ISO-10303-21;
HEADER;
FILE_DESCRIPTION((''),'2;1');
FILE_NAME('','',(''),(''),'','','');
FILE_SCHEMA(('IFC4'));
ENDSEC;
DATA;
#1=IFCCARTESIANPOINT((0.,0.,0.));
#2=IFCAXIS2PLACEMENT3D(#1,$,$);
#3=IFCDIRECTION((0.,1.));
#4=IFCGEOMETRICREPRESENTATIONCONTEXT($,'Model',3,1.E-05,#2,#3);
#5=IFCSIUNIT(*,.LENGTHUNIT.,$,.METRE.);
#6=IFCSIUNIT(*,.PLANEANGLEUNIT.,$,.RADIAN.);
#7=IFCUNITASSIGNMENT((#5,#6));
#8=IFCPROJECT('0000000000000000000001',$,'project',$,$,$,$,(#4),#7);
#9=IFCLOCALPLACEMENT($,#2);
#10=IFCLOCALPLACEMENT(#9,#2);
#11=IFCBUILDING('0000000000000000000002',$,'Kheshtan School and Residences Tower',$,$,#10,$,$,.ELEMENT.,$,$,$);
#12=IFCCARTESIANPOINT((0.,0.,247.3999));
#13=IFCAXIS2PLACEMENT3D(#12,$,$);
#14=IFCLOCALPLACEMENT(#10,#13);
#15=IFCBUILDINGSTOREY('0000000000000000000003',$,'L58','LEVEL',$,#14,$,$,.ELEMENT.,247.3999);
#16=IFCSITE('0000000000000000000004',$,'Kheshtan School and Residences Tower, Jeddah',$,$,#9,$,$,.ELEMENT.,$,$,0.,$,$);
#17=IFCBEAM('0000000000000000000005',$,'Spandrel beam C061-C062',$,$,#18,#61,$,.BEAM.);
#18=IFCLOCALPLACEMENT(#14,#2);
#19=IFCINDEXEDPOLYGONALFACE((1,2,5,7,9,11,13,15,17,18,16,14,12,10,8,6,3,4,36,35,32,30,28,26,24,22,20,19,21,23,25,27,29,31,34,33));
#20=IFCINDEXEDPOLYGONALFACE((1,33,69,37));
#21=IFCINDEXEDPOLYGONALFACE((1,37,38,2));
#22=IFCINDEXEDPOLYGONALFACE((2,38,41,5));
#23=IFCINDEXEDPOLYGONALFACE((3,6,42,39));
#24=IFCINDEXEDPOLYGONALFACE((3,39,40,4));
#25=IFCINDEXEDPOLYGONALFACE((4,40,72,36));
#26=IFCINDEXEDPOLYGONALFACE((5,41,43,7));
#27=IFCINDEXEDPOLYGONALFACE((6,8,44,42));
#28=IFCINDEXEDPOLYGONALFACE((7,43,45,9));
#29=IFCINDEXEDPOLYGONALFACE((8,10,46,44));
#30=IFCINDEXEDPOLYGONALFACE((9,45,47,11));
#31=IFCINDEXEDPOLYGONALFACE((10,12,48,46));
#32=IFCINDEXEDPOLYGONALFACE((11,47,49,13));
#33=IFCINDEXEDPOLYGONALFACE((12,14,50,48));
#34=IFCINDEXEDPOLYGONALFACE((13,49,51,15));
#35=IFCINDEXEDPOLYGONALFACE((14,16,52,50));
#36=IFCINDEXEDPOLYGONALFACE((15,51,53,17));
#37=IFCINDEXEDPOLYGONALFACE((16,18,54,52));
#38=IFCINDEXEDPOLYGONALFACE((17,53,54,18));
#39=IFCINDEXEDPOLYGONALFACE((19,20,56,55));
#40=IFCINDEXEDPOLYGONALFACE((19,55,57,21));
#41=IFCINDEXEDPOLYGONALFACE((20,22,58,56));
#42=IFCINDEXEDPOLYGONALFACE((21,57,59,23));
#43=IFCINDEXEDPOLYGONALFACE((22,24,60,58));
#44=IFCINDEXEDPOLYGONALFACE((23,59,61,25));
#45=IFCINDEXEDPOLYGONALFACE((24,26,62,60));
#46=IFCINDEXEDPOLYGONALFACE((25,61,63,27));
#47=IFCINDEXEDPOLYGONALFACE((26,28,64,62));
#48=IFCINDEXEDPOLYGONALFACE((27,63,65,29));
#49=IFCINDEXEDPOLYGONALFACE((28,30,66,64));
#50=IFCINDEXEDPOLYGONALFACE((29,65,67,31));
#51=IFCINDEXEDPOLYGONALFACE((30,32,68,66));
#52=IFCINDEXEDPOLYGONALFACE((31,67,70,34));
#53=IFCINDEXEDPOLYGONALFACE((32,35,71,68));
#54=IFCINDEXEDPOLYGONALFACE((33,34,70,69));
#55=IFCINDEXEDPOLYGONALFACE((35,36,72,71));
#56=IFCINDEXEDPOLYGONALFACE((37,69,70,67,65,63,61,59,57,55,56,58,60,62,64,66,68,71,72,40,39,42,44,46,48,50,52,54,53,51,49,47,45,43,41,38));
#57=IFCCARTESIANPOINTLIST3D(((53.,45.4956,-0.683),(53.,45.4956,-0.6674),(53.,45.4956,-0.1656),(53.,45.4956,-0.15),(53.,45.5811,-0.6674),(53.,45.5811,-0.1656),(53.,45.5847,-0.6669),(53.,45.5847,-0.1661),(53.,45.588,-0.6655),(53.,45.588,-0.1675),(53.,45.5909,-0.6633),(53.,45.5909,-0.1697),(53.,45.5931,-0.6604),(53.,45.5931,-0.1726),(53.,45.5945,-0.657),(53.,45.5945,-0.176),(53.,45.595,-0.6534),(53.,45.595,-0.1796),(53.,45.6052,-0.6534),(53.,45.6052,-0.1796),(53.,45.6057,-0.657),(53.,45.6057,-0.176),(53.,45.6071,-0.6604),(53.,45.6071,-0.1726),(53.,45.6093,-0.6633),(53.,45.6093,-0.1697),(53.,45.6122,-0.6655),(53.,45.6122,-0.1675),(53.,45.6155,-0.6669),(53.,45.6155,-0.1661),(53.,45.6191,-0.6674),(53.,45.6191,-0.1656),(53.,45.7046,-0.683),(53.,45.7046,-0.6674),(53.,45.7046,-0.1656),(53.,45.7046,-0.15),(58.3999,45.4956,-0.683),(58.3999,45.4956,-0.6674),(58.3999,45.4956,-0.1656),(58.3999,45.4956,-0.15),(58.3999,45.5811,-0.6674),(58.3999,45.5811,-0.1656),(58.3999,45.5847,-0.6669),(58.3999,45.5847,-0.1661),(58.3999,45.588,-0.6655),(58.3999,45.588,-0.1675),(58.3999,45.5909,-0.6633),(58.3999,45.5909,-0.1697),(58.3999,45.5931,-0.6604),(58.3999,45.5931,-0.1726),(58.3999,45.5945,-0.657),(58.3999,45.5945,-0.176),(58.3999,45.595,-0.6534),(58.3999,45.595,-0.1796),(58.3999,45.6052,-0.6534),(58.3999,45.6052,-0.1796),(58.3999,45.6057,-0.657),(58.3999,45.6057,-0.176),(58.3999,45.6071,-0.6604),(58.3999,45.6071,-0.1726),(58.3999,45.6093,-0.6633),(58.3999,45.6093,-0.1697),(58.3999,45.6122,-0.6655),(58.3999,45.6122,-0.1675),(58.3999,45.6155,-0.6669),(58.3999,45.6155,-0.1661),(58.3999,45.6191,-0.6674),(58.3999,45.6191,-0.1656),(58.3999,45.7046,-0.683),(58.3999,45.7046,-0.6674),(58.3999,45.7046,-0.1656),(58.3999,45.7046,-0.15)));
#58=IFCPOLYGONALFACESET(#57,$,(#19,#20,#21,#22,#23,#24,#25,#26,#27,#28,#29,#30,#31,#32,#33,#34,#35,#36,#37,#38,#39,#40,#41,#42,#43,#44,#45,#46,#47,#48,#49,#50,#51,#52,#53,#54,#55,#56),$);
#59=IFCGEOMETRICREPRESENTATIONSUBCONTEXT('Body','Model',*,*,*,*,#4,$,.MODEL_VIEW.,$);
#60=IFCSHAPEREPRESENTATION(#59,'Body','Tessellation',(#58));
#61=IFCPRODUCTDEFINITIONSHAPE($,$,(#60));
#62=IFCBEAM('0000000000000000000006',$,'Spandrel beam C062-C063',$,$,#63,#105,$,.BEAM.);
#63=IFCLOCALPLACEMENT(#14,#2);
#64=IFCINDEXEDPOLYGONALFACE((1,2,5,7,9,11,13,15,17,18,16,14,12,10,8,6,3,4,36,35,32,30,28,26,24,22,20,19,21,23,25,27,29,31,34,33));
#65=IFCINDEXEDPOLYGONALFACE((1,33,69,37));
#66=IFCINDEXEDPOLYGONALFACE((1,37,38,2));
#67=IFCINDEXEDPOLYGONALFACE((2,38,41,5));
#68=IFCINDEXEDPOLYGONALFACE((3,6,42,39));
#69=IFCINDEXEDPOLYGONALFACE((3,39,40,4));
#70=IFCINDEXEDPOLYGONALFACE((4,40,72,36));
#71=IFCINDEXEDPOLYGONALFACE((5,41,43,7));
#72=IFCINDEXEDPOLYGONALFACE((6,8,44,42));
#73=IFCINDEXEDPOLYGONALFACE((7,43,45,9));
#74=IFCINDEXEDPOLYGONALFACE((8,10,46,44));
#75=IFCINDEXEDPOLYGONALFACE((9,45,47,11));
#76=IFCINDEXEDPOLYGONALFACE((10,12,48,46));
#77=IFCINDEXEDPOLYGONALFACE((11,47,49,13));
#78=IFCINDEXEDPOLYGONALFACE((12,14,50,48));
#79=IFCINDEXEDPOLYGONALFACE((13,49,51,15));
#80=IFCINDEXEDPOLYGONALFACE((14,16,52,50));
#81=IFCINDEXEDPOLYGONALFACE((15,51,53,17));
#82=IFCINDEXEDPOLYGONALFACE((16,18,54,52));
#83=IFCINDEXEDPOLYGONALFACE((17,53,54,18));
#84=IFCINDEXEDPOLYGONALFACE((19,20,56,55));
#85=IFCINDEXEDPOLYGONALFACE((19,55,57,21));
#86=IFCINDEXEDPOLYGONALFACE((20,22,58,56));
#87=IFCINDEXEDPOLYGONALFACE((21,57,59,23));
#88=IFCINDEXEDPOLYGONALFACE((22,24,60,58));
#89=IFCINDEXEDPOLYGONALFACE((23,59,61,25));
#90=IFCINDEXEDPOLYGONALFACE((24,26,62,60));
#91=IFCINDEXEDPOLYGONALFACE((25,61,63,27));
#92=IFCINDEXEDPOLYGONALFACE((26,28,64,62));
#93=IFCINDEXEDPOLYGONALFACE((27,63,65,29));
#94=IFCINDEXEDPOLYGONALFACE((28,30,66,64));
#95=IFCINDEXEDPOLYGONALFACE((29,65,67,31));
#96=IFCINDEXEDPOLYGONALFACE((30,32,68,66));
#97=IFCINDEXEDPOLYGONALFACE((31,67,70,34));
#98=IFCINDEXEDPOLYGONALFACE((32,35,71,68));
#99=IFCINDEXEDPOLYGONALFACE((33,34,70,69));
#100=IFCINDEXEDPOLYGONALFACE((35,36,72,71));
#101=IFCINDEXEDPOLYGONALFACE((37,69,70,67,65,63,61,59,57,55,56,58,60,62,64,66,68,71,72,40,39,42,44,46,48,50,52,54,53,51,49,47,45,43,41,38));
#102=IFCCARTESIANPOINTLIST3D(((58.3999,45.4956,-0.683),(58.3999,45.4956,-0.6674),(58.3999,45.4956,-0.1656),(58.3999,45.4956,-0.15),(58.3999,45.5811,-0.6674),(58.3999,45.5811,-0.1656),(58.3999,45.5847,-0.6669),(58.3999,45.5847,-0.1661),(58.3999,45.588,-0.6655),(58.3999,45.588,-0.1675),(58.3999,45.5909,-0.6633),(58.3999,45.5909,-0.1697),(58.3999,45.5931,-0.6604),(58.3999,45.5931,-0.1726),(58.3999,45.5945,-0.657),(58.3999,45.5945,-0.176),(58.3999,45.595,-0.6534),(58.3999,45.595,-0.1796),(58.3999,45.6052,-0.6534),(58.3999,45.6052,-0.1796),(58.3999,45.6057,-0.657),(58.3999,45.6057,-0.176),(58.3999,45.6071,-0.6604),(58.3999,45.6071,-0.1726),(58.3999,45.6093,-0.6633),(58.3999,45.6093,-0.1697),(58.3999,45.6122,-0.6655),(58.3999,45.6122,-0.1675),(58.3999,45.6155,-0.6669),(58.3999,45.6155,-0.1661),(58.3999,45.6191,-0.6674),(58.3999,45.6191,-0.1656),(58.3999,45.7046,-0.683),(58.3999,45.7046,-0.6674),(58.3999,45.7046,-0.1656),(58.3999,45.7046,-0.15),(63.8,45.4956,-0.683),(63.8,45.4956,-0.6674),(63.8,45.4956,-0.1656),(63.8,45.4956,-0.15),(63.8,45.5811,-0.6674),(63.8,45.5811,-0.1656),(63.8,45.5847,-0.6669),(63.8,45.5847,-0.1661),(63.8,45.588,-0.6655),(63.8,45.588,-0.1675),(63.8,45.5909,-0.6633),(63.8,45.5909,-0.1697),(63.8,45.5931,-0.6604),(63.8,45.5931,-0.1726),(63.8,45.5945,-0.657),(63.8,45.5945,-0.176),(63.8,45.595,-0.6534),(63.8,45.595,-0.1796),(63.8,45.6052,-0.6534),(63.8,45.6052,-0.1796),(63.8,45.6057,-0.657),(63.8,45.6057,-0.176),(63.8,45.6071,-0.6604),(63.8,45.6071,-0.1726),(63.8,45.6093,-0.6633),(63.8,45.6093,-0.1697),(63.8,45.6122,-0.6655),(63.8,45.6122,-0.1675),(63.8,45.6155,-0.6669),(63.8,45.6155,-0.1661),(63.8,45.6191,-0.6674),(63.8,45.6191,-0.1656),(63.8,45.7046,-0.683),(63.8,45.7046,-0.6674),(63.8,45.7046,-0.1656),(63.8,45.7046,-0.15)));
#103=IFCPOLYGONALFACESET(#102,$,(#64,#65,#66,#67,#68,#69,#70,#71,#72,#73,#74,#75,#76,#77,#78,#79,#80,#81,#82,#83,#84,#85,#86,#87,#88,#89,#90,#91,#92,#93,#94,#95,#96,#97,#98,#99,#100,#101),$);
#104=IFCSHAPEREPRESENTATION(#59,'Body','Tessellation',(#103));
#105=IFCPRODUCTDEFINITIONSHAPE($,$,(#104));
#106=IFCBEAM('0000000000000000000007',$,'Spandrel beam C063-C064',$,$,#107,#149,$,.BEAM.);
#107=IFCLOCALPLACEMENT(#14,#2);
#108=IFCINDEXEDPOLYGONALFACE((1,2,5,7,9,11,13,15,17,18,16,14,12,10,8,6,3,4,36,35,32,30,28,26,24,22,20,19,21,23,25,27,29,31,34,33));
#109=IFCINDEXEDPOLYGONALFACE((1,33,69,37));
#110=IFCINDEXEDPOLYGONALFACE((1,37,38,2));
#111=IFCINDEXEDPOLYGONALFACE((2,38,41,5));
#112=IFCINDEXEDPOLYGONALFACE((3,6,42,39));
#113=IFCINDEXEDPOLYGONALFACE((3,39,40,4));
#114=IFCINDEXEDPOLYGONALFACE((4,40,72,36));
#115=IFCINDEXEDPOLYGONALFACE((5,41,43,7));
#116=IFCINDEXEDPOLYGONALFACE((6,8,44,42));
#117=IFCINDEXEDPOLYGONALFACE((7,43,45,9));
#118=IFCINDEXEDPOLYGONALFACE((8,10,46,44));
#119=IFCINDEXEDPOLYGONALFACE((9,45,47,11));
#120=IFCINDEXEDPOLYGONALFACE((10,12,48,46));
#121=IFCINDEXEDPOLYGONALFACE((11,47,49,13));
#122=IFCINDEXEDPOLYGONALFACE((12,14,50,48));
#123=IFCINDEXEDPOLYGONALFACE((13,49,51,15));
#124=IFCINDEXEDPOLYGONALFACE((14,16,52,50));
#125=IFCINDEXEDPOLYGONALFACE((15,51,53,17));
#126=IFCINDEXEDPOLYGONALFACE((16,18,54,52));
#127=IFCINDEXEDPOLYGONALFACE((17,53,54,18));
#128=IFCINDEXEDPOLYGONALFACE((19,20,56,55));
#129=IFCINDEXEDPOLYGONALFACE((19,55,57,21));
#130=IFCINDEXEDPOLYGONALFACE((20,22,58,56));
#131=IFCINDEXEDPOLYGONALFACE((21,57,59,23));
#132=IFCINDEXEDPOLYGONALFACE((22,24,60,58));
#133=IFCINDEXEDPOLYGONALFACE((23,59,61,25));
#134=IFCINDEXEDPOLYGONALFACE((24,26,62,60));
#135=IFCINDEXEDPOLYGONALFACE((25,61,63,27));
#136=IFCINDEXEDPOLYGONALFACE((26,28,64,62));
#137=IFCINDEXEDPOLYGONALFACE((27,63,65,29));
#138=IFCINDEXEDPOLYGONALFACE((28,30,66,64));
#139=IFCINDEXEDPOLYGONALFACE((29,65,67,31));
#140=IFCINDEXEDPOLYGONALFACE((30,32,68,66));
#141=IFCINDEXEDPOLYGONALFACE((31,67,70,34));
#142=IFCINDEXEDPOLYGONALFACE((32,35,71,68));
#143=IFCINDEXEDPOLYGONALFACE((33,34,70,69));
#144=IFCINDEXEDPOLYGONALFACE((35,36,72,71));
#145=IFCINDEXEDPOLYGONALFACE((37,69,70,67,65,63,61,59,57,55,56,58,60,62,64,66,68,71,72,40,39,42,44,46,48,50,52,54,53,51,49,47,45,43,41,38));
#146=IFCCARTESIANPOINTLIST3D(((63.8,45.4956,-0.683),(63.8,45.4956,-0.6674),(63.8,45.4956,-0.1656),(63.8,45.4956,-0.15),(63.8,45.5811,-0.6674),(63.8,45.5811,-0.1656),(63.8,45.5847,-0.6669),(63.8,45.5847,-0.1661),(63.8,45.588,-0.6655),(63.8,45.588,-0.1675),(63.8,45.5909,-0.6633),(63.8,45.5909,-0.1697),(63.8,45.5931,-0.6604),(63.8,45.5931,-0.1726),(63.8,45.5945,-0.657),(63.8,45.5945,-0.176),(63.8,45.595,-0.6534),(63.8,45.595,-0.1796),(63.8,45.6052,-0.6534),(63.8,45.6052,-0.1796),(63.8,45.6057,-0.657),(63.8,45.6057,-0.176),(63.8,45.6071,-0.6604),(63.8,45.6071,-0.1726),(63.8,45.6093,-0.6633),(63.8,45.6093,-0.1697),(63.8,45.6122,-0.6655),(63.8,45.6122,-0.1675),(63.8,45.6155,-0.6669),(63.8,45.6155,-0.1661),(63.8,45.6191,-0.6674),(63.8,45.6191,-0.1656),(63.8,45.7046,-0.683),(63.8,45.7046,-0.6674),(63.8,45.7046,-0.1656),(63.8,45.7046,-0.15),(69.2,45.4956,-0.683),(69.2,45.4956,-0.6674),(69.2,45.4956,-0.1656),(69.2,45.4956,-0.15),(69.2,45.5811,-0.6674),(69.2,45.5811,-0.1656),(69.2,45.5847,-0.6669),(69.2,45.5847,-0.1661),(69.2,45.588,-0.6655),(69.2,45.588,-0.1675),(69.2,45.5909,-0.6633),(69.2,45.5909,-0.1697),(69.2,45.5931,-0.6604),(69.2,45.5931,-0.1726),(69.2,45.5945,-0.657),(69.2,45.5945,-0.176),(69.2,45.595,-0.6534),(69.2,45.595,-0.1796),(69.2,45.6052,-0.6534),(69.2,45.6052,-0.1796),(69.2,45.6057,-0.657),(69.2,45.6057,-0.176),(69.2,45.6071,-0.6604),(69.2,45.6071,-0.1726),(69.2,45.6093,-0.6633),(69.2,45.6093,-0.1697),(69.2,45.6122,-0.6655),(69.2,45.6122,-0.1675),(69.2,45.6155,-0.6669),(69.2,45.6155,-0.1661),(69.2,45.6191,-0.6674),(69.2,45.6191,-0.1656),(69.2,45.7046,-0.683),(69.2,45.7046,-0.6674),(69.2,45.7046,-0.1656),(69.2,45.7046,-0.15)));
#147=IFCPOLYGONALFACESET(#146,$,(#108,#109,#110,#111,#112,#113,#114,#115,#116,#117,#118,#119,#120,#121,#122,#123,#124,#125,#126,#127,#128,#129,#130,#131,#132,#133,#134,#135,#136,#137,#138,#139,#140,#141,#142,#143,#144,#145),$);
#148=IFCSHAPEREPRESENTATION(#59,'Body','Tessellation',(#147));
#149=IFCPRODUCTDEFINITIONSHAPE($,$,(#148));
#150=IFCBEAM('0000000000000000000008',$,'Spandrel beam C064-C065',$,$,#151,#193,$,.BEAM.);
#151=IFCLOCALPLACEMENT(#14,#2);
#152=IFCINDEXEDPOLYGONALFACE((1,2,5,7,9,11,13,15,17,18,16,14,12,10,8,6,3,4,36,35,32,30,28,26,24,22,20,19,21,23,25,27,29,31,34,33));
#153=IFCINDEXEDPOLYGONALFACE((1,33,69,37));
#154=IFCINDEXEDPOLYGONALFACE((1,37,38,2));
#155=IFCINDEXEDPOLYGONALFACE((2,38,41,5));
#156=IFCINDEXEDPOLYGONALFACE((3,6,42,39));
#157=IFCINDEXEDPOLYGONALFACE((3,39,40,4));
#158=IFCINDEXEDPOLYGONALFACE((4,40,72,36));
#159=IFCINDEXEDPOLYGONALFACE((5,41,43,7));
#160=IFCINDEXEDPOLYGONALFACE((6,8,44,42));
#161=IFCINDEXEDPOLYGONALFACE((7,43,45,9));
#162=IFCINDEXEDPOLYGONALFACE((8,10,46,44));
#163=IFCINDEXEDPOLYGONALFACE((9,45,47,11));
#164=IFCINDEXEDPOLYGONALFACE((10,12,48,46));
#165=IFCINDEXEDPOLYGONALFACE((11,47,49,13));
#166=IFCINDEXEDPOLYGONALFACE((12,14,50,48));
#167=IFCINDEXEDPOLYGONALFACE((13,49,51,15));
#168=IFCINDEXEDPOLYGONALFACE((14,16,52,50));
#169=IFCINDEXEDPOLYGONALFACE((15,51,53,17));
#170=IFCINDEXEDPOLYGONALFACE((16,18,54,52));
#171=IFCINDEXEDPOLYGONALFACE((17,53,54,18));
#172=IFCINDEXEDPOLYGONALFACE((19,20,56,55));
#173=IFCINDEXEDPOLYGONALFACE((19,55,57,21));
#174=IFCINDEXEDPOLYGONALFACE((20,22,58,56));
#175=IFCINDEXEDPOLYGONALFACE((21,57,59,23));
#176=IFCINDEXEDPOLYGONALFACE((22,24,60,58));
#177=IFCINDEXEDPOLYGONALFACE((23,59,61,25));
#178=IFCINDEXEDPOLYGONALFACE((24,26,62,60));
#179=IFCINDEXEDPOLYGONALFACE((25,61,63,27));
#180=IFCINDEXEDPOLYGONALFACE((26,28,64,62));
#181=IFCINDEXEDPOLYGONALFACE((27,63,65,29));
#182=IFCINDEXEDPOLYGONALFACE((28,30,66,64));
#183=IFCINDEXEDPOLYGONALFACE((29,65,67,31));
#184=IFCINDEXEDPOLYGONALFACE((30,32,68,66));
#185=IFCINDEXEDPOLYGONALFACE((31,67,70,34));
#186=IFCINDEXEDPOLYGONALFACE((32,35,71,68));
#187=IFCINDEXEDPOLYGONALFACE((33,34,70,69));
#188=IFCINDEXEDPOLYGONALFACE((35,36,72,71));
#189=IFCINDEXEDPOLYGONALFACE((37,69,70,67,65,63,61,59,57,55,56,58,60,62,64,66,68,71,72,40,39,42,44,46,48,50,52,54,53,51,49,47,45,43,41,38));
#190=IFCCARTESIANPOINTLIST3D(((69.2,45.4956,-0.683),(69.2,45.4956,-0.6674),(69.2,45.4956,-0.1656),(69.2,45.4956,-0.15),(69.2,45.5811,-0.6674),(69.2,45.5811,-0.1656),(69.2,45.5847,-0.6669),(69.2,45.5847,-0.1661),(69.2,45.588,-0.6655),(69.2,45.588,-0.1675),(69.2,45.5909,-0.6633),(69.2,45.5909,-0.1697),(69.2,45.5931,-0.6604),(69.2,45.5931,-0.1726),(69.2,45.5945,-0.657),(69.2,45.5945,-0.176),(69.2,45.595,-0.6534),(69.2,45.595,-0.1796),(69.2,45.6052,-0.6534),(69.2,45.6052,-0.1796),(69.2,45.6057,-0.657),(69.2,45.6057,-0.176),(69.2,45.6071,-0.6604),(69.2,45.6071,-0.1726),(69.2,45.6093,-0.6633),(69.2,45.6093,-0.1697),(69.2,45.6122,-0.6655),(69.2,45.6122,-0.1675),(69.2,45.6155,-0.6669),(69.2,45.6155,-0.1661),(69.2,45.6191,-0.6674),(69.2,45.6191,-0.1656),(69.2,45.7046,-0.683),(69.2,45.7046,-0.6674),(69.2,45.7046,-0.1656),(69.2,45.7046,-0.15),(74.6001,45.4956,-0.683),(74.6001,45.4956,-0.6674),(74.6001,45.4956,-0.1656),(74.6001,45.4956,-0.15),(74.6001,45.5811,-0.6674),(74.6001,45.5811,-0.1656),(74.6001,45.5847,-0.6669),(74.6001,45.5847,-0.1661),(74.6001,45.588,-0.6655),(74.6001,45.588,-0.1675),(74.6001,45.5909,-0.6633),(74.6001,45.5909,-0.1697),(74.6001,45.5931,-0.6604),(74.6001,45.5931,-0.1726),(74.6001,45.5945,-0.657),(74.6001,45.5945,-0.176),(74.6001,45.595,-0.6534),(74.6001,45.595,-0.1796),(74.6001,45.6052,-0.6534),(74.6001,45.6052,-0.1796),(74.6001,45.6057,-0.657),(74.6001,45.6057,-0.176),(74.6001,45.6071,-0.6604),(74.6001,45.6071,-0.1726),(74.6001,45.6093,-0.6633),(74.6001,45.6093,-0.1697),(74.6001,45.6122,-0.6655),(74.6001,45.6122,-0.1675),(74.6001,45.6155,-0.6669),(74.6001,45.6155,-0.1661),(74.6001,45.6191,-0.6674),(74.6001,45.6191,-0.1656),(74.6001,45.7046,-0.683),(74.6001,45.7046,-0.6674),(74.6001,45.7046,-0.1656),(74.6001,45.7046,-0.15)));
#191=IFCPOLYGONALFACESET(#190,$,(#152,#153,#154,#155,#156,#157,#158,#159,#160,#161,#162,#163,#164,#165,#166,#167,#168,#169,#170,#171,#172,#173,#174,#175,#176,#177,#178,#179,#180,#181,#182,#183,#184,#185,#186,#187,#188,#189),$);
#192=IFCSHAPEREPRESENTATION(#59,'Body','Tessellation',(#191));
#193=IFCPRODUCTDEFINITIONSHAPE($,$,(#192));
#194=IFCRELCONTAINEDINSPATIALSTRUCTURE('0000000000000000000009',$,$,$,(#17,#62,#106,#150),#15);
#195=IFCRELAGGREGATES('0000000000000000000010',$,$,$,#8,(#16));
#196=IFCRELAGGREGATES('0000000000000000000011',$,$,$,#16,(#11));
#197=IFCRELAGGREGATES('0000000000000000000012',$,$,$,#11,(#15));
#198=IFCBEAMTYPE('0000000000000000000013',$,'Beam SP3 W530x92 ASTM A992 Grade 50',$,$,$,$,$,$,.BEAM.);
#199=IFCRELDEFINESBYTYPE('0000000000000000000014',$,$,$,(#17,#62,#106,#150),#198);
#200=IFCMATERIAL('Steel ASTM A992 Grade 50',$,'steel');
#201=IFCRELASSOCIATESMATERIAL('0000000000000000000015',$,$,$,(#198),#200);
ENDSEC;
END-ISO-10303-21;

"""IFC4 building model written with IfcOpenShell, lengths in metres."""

from ifc_helpers import new_model, si_unit, direction, frame, origin, origin_2d, place, context, subcontext, project, spatial, i_section, extrude, material, material_profile, profile_set, type_object, element, save


model = new_model("IFC4")

# Units and contexts
model_context = context("Model", 3, precision=1e-05, world=origin(), true_north=direction((0.0, 1.0)))
body_context = subcontext(model_context, "Body", "Model", "MODEL_VIEW")
ifc_project = project(units=[si_unit("LENGTHUNIT", "METRE"), si_unit("PLANEANGLEUNIT", "RADIAN")], contexts=[model_context])

# Site, building, storey
site_placement = place(None, origin())
site = spatial("IfcSite", under=ifc_project, at=site_placement, Name="Kheshtan School and Residences Tower, Jeddah", CompositionType="ELEMENT", RefElevation=0.0)
building_placement = place(site_placement, origin())
building = spatial("IfcBuilding", under=site, at=building_placement, Name="Kheshtan School and Residences Tower", CompositionType="ELEMENT")
storey_placement = place(building_placement, frame((0.0, 0.0, 247.3999)))
storey = spatial("IfcBuildingStorey", under=building, at=storey_placement, Name="L58", Description="LEVEL", CompositionType="ELEMENT", Elevation=247.3999)

# Shared definitions
ifc_material_1 = material(Name="Steel ASTM A992 Grade 50", Category="steel")

# Beams
ifc_material_profile_1 = material_profile(ifc_material_1, i_section(OverallWidth=0.209, OverallDepth=0.533, WebThickness=0.0103, FlangeThickness=0.0156, FilletRadius=0.0139, at=origin_2d()), Name="W530x92")
ifc_profile_set_1 = profile_set([ifc_material_profile_1], Name="Steel ASTM A992 Grade 50")
beam_type_1 = type_object("IfcBeamType", Name="Beam SP3 W530x92 ASTM A992 Grade 50", PredefinedType="BEAM", material=ifc_profile_set_1)
beam_1_placement = place(storey_placement, frame((53.0, 45.6001, -0.4165), z_axis=(1.0, 0.0, 0.0), x_axis=(0.0, 1.0, 0.0)))
element("IfcBeam", 1, at=beam_1_placement, inside=storey, type_object=beam_type_1, Name="Spandrel beam C061-C062", PredefinedType="BEAM", context=body_context, shape_type="SweptSolid", body=[
    extrude(i_section(OverallWidth=0.209, OverallDepth=0.533, WebThickness=0.0103, FlangeThickness=0.0156, FilletRadius=0.0139, at=origin_2d()), origin(), (0.0, 0.0, 1.0), 5.3999),
])
beam_2_placement = place(storey_placement, frame((58.3999, 45.6001, -0.4165), z_axis=(1.0, 0.0, 0.0), x_axis=(0.0, 1.0, 0.0)))
element("IfcBeam", 2, at=beam_2_placement, inside=storey, type_object=beam_type_1, Name="Spandrel beam C062-C063", PredefinedType="BEAM", context=body_context, shape_type="SweptSolid", body=[
    extrude(i_section(OverallWidth=0.209, OverallDepth=0.533, WebThickness=0.0103, FlangeThickness=0.0156, FilletRadius=0.0139, at=origin_2d()), origin(), (0.0, 0.0, 1.0), 5.4001),
])
beam_3_placement = place(storey_placement, frame((63.8, 45.6001, -0.4165), z_axis=(1.0, 0.0, 0.0), x_axis=(0.0, 1.0, 0.0)))
element("IfcBeam", 3, at=beam_3_placement, inside=storey, type_object=beam_type_1, Name="Spandrel beam C063-C064", PredefinedType="BEAM", context=body_context, shape_type="SweptSolid", body=[
    extrude(i_section(OverallWidth=0.209, OverallDepth=0.533, WebThickness=0.0103, FlangeThickness=0.0156, FilletRadius=0.0139, at=origin_2d()), origin(), (0.0, 0.0, 1.0), 5.3999),
])
beam_4_placement = place(storey_placement, frame((69.2, 45.6001, -0.4165), z_axis=(1.0, 0.0, 0.0), x_axis=(0.0, 1.0, 0.0)))
element("IfcBeam", 4, at=beam_4_placement, inside=storey, type_object=beam_type_1, Name="Spandrel beam C064-C065", PredefinedType="BEAM", context=body_context, shape_type="SweptSolid", body=[
    extrude(i_section(OverallWidth=0.209, OverallDepth=0.533, WebThickness=0.0103, FlangeThickness=0.0156, FilletRadius=0.0139, at=origin_2d()), origin(), (0.0, 0.0, 1.0), 5.4001),
])

save(model, "model.ifc")
